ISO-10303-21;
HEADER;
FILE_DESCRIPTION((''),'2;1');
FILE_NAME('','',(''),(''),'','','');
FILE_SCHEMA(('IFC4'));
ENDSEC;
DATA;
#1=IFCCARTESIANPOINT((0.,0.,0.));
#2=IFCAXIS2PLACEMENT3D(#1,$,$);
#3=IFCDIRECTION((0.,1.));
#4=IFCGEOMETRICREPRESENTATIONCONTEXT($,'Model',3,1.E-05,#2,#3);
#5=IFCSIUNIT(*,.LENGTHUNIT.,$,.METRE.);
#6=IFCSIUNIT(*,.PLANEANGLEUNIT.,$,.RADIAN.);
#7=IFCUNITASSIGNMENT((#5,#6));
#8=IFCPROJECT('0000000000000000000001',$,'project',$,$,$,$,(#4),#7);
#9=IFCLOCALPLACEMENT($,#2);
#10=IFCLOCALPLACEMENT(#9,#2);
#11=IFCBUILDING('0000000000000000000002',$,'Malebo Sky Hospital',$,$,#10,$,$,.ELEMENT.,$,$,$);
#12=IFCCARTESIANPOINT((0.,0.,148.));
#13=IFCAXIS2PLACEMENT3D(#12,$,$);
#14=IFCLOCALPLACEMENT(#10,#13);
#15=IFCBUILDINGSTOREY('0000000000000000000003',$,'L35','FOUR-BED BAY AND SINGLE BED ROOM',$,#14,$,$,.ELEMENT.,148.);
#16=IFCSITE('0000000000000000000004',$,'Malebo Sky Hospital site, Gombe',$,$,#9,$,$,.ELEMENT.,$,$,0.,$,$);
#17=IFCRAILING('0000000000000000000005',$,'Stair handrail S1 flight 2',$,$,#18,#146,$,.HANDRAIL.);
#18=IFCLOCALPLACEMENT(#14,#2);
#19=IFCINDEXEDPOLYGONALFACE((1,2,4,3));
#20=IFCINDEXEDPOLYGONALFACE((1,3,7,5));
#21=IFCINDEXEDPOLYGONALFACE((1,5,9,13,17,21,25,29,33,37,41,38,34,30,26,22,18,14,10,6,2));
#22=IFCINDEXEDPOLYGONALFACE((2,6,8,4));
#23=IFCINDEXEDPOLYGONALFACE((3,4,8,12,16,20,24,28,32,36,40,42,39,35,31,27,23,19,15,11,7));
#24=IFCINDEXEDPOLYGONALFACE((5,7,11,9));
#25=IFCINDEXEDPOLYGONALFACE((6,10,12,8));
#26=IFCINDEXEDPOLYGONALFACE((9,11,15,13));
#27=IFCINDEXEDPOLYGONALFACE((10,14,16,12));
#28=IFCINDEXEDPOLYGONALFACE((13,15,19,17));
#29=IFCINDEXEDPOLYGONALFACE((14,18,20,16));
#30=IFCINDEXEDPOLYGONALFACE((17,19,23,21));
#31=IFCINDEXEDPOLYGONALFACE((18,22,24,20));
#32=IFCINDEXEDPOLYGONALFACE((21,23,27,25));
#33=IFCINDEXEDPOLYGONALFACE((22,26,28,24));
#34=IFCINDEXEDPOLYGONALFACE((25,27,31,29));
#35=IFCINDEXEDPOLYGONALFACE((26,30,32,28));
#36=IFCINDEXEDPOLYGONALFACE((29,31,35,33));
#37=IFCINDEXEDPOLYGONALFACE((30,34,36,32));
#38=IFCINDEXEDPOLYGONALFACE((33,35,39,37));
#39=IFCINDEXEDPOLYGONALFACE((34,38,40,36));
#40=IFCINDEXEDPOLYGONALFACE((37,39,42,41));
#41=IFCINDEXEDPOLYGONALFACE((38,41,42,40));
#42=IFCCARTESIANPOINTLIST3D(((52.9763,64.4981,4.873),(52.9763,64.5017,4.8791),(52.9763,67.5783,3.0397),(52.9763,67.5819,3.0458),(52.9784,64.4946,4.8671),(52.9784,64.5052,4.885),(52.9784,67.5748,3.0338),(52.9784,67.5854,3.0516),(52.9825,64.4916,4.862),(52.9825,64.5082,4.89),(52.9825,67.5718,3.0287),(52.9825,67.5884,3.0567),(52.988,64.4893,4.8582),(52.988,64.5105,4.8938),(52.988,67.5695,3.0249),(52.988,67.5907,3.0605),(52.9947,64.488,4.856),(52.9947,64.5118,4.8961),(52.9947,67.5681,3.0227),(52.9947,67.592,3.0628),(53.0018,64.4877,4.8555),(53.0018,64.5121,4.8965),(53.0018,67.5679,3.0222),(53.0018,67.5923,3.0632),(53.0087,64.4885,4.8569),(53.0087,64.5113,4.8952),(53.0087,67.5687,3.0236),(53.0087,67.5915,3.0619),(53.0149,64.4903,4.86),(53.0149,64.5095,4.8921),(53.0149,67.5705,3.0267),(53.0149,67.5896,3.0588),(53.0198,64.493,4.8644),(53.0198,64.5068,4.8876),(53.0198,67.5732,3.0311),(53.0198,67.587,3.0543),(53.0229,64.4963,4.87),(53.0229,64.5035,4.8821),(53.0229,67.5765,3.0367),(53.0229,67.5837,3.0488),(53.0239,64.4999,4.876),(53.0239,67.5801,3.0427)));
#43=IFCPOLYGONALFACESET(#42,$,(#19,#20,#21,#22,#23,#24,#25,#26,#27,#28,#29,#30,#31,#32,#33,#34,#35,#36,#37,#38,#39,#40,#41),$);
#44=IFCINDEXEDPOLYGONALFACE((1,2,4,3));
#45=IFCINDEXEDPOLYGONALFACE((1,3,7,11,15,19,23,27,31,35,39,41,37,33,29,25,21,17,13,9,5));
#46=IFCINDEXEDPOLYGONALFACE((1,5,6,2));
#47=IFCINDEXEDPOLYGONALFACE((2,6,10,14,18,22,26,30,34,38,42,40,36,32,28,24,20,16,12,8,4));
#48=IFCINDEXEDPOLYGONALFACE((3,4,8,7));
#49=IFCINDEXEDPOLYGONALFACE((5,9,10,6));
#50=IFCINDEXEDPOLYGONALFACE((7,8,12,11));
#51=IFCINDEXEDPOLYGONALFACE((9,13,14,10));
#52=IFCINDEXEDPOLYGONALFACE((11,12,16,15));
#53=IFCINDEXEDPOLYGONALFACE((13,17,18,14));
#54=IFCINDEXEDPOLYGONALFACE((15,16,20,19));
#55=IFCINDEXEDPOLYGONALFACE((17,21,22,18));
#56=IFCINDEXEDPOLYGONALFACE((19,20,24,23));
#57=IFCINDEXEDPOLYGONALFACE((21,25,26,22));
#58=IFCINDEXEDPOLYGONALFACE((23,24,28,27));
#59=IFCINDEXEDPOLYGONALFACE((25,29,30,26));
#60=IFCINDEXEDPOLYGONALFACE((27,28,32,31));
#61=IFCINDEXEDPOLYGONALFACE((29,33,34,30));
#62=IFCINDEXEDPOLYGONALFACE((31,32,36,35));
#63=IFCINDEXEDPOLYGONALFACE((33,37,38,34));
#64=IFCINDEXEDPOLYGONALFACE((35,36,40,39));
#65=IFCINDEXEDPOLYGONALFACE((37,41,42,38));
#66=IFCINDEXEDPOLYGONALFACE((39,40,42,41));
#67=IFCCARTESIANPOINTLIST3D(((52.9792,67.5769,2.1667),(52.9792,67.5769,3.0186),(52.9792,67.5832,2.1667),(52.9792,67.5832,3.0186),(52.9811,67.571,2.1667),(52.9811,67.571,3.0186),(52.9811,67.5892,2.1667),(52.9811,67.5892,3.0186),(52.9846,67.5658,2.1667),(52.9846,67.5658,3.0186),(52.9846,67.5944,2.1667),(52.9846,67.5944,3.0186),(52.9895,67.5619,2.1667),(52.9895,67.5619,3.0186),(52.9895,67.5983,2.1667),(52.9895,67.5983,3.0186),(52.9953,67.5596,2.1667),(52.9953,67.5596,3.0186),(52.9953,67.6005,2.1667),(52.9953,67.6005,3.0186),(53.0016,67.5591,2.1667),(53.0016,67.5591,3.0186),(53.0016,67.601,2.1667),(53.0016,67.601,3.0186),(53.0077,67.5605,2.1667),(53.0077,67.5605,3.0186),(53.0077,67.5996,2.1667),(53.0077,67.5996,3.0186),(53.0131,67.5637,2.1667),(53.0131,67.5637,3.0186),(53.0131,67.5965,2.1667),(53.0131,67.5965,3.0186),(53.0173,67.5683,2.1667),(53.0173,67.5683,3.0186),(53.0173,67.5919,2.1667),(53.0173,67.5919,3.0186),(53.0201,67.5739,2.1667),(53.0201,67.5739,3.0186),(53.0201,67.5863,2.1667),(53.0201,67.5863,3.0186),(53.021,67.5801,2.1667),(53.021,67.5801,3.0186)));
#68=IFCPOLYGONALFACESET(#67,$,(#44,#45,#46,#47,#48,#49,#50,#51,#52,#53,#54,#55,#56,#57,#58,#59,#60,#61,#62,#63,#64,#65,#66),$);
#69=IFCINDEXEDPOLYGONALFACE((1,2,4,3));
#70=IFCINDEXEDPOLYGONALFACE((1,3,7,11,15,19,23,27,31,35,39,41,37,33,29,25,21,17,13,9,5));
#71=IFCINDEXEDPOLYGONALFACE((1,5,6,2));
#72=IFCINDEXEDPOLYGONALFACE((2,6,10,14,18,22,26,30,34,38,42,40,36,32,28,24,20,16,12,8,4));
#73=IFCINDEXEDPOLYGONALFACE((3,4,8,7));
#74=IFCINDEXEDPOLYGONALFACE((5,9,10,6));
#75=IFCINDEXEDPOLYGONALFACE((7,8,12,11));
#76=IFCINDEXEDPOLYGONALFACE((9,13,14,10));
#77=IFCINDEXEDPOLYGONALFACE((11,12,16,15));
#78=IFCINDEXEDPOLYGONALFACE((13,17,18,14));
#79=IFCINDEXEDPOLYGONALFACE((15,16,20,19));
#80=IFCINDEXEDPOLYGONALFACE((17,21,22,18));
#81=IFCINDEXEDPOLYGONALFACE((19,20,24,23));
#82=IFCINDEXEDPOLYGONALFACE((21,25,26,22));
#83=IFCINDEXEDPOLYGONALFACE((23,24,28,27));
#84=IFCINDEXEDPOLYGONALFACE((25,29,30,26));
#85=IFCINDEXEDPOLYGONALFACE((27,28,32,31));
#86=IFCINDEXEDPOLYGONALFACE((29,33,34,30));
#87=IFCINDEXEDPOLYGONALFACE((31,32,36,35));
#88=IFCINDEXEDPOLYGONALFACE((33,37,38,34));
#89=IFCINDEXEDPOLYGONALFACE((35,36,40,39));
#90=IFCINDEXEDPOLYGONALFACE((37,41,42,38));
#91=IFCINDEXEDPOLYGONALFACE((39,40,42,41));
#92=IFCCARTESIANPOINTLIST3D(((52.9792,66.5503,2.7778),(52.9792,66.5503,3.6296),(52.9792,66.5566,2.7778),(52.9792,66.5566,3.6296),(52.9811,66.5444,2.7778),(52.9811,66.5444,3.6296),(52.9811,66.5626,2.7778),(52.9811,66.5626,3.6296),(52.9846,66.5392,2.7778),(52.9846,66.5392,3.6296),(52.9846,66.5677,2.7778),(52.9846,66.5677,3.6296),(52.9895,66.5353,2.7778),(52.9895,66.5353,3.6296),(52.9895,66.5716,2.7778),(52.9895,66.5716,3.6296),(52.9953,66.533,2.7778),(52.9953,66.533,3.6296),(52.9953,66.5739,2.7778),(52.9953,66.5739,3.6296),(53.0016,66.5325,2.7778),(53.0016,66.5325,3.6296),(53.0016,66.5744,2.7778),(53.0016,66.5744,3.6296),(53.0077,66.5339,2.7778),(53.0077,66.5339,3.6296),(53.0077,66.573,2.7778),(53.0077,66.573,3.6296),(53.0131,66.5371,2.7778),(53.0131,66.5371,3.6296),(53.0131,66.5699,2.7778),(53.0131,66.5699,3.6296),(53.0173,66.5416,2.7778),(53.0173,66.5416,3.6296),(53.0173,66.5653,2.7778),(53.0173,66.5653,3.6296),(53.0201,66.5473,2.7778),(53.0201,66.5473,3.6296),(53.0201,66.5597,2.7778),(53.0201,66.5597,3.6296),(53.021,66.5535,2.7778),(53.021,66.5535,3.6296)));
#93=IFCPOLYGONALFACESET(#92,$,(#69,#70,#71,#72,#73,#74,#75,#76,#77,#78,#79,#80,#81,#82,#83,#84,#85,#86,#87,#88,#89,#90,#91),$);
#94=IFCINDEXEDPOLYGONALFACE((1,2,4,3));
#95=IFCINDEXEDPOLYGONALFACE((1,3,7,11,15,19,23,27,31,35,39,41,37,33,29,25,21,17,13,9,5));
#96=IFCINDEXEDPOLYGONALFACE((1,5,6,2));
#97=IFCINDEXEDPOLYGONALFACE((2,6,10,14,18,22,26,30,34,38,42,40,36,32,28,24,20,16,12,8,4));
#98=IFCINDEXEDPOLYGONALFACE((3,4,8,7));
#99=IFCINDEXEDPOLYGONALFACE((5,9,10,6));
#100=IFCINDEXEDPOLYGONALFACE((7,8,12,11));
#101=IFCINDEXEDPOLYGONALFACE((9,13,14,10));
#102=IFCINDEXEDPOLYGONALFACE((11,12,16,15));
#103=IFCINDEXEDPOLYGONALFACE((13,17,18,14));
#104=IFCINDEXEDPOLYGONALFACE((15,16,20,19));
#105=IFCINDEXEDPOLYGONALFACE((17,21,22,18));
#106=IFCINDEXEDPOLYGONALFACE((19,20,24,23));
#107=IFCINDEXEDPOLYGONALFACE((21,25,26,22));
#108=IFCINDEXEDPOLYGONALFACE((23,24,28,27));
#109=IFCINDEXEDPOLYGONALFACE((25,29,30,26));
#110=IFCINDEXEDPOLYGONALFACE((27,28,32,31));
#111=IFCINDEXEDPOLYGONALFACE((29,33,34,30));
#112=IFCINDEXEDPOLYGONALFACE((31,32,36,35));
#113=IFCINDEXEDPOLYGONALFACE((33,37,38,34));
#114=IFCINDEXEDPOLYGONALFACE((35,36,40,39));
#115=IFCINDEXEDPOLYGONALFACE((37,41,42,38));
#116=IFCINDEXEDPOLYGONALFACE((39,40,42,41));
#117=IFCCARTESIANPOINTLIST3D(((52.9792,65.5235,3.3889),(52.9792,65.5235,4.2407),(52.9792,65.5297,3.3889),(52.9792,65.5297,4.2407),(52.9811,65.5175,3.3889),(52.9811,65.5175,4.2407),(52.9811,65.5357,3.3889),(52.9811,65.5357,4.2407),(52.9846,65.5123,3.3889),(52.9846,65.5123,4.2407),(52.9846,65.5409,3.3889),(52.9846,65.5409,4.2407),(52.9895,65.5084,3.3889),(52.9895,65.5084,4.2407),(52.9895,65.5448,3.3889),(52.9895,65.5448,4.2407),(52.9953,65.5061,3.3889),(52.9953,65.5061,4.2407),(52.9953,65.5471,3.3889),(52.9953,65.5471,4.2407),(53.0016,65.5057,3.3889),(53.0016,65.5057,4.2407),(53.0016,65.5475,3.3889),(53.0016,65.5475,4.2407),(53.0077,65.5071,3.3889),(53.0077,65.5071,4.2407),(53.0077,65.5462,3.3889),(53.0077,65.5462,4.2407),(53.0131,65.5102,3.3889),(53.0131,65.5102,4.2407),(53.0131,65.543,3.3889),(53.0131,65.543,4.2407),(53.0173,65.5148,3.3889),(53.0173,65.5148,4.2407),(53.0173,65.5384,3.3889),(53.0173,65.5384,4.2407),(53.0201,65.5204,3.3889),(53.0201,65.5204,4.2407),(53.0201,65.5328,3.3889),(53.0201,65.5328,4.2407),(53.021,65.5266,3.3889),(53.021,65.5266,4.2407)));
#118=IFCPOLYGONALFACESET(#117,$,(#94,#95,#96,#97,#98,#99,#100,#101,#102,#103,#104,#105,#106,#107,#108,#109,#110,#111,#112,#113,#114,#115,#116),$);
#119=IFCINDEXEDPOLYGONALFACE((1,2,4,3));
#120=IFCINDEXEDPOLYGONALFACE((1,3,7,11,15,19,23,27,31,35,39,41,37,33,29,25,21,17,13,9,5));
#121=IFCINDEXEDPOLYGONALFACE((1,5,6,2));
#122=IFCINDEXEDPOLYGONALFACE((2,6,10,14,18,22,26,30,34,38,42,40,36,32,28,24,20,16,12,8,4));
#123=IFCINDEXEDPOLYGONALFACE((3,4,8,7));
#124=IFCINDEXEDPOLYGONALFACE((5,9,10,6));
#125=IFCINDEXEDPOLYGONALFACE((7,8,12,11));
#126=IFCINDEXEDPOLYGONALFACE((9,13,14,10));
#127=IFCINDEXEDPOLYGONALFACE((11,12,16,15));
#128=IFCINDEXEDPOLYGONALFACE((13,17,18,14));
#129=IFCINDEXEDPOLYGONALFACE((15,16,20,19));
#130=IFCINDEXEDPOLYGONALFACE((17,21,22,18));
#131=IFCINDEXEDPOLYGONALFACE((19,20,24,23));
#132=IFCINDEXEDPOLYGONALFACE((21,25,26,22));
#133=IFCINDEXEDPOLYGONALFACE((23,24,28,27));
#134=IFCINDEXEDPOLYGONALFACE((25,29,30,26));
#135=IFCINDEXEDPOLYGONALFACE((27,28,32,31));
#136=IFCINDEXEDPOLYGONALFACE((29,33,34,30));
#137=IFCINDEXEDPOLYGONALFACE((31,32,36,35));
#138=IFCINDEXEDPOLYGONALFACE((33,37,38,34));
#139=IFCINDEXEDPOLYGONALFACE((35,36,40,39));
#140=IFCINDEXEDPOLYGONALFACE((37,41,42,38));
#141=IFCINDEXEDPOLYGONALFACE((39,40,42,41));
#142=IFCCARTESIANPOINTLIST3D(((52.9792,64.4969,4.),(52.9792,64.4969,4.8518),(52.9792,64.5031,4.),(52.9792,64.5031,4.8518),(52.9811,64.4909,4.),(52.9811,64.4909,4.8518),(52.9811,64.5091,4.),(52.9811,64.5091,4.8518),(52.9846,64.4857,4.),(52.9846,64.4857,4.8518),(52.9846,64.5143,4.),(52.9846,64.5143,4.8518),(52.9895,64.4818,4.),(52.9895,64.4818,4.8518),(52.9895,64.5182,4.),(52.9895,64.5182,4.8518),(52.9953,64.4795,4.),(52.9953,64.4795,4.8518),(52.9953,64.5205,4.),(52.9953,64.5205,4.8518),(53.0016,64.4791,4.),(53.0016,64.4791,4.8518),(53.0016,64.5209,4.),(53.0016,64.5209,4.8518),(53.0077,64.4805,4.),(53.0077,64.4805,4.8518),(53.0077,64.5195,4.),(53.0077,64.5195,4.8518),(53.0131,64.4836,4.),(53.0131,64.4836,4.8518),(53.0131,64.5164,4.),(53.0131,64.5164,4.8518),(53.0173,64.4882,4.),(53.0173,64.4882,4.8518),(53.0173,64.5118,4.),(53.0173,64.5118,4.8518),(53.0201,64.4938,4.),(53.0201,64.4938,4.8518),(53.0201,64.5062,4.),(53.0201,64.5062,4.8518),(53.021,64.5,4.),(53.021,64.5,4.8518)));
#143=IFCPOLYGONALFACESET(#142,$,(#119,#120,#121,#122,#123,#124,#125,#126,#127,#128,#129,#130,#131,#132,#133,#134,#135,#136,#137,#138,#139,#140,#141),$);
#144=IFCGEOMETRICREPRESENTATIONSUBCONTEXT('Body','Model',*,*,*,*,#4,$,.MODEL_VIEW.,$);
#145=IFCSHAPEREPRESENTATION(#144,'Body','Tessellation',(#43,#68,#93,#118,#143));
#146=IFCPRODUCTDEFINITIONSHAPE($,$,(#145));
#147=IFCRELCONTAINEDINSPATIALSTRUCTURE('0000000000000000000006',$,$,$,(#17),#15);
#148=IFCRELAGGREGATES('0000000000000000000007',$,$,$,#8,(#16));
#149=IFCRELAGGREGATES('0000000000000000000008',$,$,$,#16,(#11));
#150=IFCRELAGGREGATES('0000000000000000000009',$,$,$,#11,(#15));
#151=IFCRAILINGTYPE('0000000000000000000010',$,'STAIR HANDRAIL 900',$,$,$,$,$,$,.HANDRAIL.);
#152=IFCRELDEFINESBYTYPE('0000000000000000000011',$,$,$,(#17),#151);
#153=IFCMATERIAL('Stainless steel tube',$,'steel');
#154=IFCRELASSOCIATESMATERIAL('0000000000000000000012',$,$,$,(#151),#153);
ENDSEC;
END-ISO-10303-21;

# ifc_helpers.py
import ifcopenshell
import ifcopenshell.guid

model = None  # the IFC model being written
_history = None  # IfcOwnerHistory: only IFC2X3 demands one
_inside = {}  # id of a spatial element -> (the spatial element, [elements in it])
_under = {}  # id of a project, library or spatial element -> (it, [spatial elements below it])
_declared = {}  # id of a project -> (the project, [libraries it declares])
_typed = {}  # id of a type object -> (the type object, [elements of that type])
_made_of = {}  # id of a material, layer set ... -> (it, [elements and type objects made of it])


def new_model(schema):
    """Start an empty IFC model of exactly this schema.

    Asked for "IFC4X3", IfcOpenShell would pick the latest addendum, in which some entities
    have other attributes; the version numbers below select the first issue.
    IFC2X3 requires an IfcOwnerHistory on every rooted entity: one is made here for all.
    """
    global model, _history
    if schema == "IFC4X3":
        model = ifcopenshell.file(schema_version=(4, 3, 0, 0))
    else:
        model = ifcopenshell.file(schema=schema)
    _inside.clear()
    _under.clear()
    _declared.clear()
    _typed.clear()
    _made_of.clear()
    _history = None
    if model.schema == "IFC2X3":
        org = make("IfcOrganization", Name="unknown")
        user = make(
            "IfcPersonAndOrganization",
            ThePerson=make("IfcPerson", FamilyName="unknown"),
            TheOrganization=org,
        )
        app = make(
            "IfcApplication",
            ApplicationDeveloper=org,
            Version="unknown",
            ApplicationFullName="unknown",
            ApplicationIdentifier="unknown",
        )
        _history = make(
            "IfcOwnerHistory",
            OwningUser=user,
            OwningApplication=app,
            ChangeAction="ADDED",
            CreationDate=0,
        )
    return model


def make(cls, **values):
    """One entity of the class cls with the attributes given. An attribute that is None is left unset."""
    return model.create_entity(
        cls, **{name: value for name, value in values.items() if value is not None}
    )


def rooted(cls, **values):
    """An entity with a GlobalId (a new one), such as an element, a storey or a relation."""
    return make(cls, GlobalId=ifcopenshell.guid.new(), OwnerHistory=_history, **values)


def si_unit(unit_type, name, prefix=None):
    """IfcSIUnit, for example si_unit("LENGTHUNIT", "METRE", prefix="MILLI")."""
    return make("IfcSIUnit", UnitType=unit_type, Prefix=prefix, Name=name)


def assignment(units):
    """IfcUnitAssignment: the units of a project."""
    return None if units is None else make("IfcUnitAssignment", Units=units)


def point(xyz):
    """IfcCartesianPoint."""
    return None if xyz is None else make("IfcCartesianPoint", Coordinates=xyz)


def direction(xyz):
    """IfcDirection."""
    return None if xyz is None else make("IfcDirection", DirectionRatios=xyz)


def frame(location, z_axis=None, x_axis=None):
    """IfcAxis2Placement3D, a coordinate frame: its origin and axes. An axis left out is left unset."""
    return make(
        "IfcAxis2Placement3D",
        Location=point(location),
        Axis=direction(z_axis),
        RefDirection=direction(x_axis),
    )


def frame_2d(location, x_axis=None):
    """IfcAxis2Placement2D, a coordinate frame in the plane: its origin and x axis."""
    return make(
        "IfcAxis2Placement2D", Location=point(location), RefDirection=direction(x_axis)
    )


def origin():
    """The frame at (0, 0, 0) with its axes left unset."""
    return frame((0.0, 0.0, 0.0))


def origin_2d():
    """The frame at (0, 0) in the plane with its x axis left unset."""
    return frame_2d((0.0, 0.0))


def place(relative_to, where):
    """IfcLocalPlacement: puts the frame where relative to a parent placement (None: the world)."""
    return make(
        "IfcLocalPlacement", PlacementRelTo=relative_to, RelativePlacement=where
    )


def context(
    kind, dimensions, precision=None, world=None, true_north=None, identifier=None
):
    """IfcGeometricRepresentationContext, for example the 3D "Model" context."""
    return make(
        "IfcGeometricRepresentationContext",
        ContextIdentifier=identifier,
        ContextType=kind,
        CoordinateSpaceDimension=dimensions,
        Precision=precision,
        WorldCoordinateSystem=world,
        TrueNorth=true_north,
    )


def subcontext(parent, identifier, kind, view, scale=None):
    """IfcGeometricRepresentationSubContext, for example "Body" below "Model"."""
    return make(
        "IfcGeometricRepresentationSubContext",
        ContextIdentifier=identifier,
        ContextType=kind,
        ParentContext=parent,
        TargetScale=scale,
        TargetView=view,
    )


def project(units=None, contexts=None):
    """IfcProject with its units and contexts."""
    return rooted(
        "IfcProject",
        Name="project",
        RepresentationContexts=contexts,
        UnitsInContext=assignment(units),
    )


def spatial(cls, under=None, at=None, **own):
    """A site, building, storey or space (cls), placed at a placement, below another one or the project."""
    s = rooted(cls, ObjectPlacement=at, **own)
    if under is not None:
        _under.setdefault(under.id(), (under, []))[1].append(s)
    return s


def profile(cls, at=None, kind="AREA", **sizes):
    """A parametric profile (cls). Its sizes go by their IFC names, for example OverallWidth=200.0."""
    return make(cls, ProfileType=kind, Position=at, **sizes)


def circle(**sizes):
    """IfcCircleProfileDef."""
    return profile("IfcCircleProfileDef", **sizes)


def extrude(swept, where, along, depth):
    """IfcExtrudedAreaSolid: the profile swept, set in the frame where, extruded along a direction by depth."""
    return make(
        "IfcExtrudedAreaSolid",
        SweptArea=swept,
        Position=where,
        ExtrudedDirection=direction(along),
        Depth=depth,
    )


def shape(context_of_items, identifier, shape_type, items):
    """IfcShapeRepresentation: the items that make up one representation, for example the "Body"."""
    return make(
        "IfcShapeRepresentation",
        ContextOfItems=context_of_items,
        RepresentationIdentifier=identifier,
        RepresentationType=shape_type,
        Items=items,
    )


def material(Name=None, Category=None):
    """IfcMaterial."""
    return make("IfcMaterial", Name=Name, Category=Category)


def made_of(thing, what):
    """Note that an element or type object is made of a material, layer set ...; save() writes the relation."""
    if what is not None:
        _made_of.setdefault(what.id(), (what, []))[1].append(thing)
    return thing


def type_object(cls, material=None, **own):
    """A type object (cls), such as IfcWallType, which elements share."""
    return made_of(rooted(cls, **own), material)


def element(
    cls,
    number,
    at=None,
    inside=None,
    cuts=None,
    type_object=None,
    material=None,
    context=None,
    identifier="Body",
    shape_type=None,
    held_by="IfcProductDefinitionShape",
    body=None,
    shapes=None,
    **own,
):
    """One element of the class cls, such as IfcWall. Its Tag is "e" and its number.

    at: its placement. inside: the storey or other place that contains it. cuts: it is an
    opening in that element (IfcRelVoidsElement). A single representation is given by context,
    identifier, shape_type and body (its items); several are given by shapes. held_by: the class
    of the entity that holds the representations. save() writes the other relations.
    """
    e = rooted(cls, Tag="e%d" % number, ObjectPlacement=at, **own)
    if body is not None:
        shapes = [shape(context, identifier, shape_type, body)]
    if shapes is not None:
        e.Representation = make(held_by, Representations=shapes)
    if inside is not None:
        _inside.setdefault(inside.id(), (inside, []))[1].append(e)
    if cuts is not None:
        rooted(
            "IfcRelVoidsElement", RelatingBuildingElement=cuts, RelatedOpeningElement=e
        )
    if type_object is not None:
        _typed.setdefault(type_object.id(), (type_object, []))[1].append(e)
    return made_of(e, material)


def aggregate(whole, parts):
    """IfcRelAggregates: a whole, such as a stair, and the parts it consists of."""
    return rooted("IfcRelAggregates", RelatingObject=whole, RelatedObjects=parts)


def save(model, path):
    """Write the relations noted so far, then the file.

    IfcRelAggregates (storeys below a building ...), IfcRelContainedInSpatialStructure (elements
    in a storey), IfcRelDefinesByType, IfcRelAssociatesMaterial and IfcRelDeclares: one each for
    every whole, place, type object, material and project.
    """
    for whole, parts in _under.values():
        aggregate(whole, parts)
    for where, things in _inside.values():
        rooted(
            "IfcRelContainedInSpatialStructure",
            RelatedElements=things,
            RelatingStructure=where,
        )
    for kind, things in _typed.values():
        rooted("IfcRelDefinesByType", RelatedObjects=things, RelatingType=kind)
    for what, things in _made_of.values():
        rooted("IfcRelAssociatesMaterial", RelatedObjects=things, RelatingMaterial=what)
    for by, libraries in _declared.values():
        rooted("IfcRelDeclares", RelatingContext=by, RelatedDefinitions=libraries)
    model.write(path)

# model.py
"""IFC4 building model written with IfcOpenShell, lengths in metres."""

from ifc_helpers import new_model, si_unit, direction, frame, origin, origin_2d, place, context, subcontext, project, spatial, circle, extrude, material, type_object, element, save


model = new_model("IFC4")

# Units and contexts
model_context = context("Model", 3, precision=1e-05, world=origin(), true_north=direction((0.0, 1.0)))
body_context = subcontext(model_context, "Body", "Model", "MODEL_VIEW")
ifc_project = project(units=[si_unit("LENGTHUNIT", "METRE"), si_unit("PLANEANGLEUNIT", "RADIAN")], contexts=[model_context])

# Site, building, storey
site_placement = place(None, origin())
site = spatial("IfcSite", under=ifc_project, at=site_placement, Name="Malebo Sky Hospital site, Gombe", CompositionType="ELEMENT", RefElevation=0.0)
building_placement = place(site_placement, origin())
building = spatial("IfcBuilding", under=site, at=building_placement, Name="Malebo Sky Hospital", CompositionType="ELEMENT")
storey_placement = place(building_placement, frame((0.0, 0.0, 148.0)))
storey = spatial("IfcBuildingStorey", under=building, at=storey_placement, Name="L35", Description="FOUR-BED BAY AND SINGLE BED ROOM", CompositionType="ELEMENT", Elevation=148.0)

# Railing
ifc_material_1 = material(Name="Stainless steel tube", Category="steel")
railing_type = type_object("IfcRailingType", Name="STAIR HANDRAIL 900", PredefinedType="HANDRAIL", material=ifc_material_1)
railing_1_placement = place(storey_placement, frame((53.0, 67.5801, 2.1667)))
element("IfcRailing", 1, at=railing_1_placement, inside=storey, type_object=railing_type, Name="Stair handrail S1 flight 2", PredefinedType="HANDRAIL", context=body_context, shape_type="SweptSolid", body=[
    extrude(circle(Radius=0.0239, at=origin_2d()), frame((0.0, 0.0, 0.876), z_axis=(0.0, -0.859309, 0.511458), x_axis=(1.0, 0.0, 0.0)), (0.0, 0.0, 1.0), 3.5845),
    extrude(circle(Radius=0.021, at=origin_2d()), origin(), (0.0, 0.0, 1.0), 0.8518),
    extrude(circle(Radius=0.021, at=origin_2d()), frame((0.0, -1.0266, 0.6111)), (0.0, 0.0, 1.0), 0.8518),
    extrude(circle(Radius=0.021, at=origin_2d()), frame((0.0, -2.0535, 1.2222)), (0.0, 0.0, 1.0), 0.8518),
    extrude(circle(Radius=0.021, at=origin_2d()), frame((0.0, -3.0801, 1.8333)), (0.0, 0.0, 1.0), 0.8518),
])

save(model, "model.ifc")
